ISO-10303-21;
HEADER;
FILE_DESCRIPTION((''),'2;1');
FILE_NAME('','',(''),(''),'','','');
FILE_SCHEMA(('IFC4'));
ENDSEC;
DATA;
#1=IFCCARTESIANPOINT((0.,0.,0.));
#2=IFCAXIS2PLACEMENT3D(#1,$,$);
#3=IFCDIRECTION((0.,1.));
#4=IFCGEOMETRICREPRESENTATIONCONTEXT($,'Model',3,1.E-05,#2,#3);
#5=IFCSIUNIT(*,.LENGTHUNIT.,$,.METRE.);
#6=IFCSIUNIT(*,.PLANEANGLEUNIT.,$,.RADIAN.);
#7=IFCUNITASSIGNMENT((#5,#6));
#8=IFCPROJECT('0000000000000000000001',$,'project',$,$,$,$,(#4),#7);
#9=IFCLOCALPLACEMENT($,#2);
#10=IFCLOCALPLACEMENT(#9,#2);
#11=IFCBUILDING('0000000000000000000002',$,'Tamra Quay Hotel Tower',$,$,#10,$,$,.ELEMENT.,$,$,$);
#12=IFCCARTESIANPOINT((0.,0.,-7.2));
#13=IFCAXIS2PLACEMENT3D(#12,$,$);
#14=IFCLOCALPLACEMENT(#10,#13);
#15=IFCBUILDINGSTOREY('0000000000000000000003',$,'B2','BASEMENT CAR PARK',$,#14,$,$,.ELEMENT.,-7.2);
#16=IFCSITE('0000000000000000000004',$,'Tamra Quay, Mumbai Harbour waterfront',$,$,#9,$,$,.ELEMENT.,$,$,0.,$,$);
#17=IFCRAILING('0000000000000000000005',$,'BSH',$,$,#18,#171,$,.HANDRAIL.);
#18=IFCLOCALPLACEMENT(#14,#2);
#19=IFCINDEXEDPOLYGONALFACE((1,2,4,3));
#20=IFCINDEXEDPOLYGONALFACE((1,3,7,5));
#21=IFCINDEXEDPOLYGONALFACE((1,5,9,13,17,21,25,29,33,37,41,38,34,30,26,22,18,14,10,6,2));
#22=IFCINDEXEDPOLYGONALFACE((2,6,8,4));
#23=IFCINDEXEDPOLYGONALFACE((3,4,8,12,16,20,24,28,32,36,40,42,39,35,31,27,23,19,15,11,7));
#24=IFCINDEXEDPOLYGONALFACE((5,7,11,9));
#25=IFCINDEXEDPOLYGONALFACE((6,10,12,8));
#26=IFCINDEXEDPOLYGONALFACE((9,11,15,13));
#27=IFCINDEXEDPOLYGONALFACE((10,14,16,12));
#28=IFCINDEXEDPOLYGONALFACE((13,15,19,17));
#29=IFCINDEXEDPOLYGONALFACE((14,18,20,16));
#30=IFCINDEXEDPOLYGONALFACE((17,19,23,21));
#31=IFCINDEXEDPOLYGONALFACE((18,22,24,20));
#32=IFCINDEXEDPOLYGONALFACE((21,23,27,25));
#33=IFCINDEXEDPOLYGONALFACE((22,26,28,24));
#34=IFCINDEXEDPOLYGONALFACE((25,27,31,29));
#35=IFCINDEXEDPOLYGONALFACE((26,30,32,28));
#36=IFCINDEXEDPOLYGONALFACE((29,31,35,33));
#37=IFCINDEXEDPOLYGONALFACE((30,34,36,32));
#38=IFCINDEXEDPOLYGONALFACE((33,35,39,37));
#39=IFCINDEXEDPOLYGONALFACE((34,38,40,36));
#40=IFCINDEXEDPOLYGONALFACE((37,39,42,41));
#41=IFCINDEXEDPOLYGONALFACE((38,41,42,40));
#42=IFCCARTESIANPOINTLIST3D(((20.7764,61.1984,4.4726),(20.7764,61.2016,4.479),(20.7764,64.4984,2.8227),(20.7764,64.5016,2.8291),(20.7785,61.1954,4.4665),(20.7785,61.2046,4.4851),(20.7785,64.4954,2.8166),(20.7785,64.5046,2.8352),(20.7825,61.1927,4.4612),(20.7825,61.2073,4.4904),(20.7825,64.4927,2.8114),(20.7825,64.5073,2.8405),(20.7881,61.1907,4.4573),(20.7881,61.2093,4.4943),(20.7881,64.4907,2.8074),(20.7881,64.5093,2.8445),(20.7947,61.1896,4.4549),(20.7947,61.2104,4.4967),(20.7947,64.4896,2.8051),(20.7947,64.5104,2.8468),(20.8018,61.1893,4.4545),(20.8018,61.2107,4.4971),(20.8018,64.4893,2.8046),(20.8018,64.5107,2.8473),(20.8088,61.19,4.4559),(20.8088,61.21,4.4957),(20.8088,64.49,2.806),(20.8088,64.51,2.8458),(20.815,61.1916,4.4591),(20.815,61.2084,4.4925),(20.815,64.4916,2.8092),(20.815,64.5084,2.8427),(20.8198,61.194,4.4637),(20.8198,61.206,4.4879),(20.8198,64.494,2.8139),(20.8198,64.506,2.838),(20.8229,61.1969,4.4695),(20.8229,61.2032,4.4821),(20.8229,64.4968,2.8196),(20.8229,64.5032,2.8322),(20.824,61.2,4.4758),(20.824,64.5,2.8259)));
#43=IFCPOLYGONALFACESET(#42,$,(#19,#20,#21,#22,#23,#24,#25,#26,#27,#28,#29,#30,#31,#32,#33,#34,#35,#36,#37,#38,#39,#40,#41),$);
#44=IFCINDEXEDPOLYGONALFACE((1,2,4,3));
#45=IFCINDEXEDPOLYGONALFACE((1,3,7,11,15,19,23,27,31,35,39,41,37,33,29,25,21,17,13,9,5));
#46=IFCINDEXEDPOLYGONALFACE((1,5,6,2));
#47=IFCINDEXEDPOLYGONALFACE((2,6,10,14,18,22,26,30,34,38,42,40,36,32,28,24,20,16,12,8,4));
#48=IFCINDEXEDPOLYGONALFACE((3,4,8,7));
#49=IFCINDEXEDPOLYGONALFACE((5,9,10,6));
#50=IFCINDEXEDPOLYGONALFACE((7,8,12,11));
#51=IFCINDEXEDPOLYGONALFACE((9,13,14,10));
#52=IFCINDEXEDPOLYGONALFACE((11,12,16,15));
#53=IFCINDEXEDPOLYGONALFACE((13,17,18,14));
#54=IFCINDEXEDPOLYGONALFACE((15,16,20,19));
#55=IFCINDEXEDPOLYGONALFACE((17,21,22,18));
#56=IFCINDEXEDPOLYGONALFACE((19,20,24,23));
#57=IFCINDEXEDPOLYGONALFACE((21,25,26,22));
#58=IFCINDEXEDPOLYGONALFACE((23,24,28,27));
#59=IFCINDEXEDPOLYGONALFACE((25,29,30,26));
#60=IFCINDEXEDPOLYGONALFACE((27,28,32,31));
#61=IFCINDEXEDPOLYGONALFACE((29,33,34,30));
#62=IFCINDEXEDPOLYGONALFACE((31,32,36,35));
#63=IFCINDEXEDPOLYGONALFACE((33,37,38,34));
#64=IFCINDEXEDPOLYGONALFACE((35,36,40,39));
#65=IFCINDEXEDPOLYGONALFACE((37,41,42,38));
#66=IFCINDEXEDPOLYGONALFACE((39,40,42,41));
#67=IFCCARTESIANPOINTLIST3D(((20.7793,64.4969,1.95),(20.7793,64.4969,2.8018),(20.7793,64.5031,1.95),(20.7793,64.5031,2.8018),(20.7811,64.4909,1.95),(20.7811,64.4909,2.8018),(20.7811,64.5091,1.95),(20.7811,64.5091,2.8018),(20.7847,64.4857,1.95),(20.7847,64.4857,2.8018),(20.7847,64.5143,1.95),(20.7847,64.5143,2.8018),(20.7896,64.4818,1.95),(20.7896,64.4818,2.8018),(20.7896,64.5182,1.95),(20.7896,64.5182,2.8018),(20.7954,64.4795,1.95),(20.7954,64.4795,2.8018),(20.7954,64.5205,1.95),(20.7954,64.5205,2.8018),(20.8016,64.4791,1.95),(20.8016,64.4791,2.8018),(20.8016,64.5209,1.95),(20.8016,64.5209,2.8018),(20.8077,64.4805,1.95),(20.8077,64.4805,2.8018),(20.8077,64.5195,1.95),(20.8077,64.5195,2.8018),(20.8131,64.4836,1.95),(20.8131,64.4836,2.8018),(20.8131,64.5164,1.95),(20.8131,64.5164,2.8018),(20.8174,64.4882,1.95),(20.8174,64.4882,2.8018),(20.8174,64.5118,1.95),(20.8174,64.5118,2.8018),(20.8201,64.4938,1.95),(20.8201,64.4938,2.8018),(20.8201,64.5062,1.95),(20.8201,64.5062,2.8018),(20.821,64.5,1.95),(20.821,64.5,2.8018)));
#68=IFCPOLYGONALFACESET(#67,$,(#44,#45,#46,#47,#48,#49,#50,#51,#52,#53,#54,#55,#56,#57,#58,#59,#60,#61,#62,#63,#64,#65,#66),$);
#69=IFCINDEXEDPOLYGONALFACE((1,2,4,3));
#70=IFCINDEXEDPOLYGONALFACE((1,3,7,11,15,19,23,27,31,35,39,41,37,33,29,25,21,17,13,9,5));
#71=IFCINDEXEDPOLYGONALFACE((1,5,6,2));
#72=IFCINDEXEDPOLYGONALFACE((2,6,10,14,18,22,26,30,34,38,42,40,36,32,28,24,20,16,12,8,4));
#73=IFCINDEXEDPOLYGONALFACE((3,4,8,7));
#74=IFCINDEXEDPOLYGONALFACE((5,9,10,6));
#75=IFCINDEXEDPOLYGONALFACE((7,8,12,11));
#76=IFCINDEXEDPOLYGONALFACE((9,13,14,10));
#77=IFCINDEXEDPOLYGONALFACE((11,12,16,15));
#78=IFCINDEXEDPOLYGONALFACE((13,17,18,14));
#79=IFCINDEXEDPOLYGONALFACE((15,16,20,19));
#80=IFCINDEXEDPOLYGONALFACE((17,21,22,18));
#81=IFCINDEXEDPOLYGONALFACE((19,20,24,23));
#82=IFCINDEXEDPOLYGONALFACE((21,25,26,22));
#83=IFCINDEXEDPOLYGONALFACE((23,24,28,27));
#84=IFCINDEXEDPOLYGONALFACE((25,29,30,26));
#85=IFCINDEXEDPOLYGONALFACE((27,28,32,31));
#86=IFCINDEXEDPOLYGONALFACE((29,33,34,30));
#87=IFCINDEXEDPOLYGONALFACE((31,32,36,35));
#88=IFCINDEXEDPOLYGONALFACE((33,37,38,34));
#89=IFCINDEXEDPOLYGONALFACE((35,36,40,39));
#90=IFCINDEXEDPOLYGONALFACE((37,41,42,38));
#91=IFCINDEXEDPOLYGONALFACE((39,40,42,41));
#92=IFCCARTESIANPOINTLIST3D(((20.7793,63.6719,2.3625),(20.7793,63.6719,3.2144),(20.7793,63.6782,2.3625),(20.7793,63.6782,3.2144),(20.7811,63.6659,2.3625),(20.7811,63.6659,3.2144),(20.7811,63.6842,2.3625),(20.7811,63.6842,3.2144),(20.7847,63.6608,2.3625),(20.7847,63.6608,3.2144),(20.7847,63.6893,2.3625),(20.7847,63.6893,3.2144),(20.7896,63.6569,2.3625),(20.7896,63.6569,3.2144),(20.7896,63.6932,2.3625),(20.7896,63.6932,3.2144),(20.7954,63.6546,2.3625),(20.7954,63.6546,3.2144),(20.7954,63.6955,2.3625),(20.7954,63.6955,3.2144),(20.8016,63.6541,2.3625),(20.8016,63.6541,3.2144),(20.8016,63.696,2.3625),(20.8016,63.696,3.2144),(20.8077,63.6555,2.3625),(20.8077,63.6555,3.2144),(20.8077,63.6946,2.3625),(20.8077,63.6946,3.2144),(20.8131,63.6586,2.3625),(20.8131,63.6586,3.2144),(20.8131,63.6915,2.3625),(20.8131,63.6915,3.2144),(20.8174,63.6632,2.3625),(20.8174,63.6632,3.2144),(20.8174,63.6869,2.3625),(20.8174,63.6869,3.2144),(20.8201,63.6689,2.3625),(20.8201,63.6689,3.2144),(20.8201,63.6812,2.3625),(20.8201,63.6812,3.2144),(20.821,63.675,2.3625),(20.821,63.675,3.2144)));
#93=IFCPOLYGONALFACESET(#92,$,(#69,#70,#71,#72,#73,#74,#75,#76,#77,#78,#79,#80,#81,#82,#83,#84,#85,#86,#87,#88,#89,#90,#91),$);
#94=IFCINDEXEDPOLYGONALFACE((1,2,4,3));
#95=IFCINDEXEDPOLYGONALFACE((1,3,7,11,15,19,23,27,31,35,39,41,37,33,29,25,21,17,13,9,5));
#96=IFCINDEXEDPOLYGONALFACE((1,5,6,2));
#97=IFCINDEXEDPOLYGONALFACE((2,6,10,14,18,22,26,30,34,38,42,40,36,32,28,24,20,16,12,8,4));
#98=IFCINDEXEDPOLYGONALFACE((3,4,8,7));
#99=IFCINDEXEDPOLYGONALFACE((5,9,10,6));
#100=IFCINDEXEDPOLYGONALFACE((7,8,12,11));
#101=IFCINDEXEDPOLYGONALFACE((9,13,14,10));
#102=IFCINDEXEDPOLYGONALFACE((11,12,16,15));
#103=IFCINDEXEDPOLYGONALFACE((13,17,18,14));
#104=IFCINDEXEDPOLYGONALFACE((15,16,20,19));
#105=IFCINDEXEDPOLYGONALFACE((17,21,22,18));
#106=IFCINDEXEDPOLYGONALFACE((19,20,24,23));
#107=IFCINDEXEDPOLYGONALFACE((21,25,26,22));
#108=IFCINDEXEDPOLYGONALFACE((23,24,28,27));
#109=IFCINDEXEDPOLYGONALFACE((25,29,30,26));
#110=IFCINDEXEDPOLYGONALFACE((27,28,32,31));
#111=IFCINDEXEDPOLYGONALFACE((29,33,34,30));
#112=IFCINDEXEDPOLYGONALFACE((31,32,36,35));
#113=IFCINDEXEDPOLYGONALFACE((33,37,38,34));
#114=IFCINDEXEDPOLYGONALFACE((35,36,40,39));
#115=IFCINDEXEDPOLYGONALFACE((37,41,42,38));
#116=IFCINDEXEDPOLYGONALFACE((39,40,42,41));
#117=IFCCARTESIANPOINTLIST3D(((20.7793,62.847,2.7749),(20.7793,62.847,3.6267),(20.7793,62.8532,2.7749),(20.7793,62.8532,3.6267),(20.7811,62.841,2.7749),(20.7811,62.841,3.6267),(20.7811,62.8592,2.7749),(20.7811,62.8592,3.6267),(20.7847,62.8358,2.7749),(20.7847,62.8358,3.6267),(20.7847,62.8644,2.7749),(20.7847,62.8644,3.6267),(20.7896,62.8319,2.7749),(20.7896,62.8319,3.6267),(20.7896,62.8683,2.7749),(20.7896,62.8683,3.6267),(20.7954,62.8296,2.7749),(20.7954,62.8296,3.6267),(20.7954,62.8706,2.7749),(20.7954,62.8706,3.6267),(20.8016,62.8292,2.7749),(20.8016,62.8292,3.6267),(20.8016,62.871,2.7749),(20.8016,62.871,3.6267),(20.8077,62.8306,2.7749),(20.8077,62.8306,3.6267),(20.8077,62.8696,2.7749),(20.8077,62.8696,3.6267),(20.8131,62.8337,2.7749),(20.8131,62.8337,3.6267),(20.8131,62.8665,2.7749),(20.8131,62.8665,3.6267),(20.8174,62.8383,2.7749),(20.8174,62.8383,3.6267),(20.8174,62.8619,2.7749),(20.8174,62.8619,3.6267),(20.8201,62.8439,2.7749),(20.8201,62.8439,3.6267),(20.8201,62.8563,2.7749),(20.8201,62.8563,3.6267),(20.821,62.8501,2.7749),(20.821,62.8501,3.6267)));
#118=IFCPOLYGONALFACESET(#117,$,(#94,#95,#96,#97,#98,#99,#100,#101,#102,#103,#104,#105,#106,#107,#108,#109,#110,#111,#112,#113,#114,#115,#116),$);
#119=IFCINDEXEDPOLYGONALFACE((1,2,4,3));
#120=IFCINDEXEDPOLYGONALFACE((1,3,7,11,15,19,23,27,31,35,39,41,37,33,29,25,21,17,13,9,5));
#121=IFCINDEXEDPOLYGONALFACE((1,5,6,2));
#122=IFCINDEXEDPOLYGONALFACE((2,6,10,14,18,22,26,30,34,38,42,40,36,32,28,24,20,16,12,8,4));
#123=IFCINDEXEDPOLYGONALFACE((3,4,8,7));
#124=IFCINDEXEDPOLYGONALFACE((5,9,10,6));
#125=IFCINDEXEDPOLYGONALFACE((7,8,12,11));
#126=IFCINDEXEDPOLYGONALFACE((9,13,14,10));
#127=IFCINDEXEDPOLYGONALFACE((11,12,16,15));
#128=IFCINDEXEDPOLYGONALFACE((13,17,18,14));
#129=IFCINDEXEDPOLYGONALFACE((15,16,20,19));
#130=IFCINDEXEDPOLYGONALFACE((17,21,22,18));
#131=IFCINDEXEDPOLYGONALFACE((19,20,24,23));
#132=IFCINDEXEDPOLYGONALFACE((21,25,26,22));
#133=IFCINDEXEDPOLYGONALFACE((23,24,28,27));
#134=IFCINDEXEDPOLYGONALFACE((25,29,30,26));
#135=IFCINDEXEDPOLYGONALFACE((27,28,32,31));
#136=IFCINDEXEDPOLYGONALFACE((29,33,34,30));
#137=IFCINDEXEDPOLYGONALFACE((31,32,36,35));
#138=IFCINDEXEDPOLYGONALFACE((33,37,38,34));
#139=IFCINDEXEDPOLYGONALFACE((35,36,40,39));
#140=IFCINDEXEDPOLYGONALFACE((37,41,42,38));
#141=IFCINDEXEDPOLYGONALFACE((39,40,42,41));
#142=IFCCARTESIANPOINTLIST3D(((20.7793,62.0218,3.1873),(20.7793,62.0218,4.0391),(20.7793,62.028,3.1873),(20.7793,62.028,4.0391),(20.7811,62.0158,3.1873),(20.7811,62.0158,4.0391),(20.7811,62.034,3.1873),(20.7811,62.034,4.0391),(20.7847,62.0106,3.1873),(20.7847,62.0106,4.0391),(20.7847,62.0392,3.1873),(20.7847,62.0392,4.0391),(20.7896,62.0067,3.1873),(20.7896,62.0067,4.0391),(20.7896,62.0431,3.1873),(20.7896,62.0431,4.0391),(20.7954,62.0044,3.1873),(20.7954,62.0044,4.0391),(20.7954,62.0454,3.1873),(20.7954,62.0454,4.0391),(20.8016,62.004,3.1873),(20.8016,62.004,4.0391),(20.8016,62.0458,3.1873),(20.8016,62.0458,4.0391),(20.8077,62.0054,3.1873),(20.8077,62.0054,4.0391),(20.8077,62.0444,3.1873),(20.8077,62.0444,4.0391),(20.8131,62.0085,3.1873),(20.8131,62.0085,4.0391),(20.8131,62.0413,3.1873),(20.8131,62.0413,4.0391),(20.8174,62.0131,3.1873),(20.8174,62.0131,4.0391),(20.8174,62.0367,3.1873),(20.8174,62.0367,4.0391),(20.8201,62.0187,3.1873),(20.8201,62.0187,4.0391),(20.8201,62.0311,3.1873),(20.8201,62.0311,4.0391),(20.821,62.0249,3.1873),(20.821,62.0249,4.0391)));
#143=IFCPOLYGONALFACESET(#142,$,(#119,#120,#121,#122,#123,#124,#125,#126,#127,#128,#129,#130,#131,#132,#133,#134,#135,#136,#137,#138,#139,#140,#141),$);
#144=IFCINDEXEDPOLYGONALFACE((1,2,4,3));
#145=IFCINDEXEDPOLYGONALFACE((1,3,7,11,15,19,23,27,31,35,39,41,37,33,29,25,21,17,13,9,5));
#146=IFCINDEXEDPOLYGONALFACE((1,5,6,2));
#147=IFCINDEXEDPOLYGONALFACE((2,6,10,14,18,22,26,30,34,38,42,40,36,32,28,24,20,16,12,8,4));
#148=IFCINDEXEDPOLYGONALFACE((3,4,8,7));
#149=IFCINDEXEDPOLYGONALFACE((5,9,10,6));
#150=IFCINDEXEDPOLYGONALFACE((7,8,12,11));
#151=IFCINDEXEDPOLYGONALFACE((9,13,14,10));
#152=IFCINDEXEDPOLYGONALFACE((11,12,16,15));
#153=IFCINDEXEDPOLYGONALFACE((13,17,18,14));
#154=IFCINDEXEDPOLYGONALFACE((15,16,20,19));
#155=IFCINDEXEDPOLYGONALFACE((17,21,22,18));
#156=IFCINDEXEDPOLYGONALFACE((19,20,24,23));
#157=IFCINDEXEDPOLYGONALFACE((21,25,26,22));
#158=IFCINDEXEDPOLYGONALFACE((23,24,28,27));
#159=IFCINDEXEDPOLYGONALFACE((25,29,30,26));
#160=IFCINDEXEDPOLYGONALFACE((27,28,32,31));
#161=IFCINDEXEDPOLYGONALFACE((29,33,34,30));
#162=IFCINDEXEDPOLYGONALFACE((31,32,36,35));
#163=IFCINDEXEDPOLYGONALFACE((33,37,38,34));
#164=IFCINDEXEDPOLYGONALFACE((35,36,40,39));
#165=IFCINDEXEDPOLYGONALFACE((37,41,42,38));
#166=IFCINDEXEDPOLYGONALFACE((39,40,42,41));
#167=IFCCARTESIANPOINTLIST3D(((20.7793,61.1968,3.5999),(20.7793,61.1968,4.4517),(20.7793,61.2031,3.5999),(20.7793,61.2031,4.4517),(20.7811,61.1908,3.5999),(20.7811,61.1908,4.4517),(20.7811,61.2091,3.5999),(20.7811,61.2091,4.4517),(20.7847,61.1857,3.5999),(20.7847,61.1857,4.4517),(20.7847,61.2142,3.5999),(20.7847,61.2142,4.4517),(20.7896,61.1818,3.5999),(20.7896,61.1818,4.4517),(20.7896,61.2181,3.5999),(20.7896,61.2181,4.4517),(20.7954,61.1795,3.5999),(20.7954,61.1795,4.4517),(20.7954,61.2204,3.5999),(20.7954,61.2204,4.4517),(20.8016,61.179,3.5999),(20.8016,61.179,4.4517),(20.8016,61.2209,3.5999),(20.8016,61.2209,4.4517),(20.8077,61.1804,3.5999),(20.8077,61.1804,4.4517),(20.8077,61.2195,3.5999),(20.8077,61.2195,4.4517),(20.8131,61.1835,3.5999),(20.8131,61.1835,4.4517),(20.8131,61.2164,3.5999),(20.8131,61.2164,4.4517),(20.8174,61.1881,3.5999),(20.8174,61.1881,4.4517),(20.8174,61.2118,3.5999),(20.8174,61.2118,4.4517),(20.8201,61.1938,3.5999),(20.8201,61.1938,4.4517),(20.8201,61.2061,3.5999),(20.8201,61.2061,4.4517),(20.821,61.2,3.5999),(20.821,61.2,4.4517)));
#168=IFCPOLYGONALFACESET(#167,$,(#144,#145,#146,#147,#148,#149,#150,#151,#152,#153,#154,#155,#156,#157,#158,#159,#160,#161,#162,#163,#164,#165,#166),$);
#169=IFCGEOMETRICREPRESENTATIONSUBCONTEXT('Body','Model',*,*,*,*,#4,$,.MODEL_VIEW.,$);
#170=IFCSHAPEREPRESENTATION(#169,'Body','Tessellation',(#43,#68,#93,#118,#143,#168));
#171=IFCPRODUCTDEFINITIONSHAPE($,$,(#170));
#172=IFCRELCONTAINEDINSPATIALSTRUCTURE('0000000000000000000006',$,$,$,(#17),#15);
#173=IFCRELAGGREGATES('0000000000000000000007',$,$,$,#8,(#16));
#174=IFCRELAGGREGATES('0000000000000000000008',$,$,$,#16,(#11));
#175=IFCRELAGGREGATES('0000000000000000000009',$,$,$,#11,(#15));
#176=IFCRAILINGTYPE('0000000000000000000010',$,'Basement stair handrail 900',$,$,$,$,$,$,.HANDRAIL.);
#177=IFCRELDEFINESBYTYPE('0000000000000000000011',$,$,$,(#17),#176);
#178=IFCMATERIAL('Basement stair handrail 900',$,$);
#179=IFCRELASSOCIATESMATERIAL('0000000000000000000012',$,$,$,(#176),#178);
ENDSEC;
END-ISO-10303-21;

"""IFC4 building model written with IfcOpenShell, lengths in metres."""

from ifc_helpers import new_model, si_unit, direction, frame, origin, origin_2d, place, context, subcontext, project, spatial, circle, extrude, material, type_object, element, save


model = new_model("IFC4")

# Units and contexts
model_context = context("Model", 3, precision=1e-05, world=origin(), true_north=direction((0.0, 1.0)))
body_context = subcontext(model_context, "Body", "Model", "MODEL_VIEW")
ifc_project = project(units=[si_unit("LENGTHUNIT", "METRE"), si_unit("PLANEANGLEUNIT", "RADIAN")], contexts=[model_context])

# Site, building, storey
site_placement = place(None, origin())
site = spatial("IfcSite", under=ifc_project, at=site_placement, Name="Tamra Quay, Mumbai Harbour waterfront", CompositionType="ELEMENT", RefElevation=0.0)
building_placement = place(site_placement, origin())
building = spatial("IfcBuilding", under=site, at=building_placement, Name="Tamra Quay Hotel Tower", CompositionType="ELEMENT")
storey_placement = place(building_placement, frame((0.0, 0.0, -7.2)))
storey = spatial("IfcBuildingStorey", under=building, at=storey_placement, Name="B2", Description="BASEMENT CAR PARK", CompositionType="ELEMENT", Elevation=-7.2)

# Railing
ifc_material_1 = material(Name="Basement stair handrail 900")
railing_type_1 = type_object("IfcRailingType", Name="Basement stair handrail 900", PredefinedType="HANDRAIL", material=ifc_material_1)
railing_1_placement = place(storey_placement, frame((20.8, 64.5, 1.95)))
element("IfcRailing", 1, at=railing_1_placement, inside=storey, type_object=railing_type_1, Name="BSH", PredefinedType="HANDRAIL", context=body_context, shape_type="SweptSolid", body=[
    extrude(circle(Radius=0.0239, at=origin_2d()), frame((0.0, 0.0, 0.876), z_axis=(0.0, -0.89444, 0.447187), x_axis=(1.0, 0.0, 0.0)), (0.0, 0.0, 1.0), 3.6895),
    extrude(circle(Radius=0.021, at=origin_2d()), origin(), (0.0, 0.0, 1.0), 0.8518),
    extrude(circle(Radius=0.021, at=origin_2d()), frame((0.0, -0.825, 0.4126)), (0.0, 0.0, 1.0), 0.8518),
    extrude(circle(Radius=0.021, at=origin_2d()), frame((0.0, -1.6499, 0.825)), (0.0, 0.0, 1.0), 0.8518),
    extrude(circle(Radius=0.021, at=origin_2d()), frame((0.0, -2.4751, 1.2373)), (0.0, 0.0, 1.0), 0.8518),
    extrude(circle(Radius=0.021, at=origin_2d()), frame((0.0, -3.3, 1.6499)), (0.0, 0.0, 1.0), 0.8518),
])

save(model, "model.ifc")
